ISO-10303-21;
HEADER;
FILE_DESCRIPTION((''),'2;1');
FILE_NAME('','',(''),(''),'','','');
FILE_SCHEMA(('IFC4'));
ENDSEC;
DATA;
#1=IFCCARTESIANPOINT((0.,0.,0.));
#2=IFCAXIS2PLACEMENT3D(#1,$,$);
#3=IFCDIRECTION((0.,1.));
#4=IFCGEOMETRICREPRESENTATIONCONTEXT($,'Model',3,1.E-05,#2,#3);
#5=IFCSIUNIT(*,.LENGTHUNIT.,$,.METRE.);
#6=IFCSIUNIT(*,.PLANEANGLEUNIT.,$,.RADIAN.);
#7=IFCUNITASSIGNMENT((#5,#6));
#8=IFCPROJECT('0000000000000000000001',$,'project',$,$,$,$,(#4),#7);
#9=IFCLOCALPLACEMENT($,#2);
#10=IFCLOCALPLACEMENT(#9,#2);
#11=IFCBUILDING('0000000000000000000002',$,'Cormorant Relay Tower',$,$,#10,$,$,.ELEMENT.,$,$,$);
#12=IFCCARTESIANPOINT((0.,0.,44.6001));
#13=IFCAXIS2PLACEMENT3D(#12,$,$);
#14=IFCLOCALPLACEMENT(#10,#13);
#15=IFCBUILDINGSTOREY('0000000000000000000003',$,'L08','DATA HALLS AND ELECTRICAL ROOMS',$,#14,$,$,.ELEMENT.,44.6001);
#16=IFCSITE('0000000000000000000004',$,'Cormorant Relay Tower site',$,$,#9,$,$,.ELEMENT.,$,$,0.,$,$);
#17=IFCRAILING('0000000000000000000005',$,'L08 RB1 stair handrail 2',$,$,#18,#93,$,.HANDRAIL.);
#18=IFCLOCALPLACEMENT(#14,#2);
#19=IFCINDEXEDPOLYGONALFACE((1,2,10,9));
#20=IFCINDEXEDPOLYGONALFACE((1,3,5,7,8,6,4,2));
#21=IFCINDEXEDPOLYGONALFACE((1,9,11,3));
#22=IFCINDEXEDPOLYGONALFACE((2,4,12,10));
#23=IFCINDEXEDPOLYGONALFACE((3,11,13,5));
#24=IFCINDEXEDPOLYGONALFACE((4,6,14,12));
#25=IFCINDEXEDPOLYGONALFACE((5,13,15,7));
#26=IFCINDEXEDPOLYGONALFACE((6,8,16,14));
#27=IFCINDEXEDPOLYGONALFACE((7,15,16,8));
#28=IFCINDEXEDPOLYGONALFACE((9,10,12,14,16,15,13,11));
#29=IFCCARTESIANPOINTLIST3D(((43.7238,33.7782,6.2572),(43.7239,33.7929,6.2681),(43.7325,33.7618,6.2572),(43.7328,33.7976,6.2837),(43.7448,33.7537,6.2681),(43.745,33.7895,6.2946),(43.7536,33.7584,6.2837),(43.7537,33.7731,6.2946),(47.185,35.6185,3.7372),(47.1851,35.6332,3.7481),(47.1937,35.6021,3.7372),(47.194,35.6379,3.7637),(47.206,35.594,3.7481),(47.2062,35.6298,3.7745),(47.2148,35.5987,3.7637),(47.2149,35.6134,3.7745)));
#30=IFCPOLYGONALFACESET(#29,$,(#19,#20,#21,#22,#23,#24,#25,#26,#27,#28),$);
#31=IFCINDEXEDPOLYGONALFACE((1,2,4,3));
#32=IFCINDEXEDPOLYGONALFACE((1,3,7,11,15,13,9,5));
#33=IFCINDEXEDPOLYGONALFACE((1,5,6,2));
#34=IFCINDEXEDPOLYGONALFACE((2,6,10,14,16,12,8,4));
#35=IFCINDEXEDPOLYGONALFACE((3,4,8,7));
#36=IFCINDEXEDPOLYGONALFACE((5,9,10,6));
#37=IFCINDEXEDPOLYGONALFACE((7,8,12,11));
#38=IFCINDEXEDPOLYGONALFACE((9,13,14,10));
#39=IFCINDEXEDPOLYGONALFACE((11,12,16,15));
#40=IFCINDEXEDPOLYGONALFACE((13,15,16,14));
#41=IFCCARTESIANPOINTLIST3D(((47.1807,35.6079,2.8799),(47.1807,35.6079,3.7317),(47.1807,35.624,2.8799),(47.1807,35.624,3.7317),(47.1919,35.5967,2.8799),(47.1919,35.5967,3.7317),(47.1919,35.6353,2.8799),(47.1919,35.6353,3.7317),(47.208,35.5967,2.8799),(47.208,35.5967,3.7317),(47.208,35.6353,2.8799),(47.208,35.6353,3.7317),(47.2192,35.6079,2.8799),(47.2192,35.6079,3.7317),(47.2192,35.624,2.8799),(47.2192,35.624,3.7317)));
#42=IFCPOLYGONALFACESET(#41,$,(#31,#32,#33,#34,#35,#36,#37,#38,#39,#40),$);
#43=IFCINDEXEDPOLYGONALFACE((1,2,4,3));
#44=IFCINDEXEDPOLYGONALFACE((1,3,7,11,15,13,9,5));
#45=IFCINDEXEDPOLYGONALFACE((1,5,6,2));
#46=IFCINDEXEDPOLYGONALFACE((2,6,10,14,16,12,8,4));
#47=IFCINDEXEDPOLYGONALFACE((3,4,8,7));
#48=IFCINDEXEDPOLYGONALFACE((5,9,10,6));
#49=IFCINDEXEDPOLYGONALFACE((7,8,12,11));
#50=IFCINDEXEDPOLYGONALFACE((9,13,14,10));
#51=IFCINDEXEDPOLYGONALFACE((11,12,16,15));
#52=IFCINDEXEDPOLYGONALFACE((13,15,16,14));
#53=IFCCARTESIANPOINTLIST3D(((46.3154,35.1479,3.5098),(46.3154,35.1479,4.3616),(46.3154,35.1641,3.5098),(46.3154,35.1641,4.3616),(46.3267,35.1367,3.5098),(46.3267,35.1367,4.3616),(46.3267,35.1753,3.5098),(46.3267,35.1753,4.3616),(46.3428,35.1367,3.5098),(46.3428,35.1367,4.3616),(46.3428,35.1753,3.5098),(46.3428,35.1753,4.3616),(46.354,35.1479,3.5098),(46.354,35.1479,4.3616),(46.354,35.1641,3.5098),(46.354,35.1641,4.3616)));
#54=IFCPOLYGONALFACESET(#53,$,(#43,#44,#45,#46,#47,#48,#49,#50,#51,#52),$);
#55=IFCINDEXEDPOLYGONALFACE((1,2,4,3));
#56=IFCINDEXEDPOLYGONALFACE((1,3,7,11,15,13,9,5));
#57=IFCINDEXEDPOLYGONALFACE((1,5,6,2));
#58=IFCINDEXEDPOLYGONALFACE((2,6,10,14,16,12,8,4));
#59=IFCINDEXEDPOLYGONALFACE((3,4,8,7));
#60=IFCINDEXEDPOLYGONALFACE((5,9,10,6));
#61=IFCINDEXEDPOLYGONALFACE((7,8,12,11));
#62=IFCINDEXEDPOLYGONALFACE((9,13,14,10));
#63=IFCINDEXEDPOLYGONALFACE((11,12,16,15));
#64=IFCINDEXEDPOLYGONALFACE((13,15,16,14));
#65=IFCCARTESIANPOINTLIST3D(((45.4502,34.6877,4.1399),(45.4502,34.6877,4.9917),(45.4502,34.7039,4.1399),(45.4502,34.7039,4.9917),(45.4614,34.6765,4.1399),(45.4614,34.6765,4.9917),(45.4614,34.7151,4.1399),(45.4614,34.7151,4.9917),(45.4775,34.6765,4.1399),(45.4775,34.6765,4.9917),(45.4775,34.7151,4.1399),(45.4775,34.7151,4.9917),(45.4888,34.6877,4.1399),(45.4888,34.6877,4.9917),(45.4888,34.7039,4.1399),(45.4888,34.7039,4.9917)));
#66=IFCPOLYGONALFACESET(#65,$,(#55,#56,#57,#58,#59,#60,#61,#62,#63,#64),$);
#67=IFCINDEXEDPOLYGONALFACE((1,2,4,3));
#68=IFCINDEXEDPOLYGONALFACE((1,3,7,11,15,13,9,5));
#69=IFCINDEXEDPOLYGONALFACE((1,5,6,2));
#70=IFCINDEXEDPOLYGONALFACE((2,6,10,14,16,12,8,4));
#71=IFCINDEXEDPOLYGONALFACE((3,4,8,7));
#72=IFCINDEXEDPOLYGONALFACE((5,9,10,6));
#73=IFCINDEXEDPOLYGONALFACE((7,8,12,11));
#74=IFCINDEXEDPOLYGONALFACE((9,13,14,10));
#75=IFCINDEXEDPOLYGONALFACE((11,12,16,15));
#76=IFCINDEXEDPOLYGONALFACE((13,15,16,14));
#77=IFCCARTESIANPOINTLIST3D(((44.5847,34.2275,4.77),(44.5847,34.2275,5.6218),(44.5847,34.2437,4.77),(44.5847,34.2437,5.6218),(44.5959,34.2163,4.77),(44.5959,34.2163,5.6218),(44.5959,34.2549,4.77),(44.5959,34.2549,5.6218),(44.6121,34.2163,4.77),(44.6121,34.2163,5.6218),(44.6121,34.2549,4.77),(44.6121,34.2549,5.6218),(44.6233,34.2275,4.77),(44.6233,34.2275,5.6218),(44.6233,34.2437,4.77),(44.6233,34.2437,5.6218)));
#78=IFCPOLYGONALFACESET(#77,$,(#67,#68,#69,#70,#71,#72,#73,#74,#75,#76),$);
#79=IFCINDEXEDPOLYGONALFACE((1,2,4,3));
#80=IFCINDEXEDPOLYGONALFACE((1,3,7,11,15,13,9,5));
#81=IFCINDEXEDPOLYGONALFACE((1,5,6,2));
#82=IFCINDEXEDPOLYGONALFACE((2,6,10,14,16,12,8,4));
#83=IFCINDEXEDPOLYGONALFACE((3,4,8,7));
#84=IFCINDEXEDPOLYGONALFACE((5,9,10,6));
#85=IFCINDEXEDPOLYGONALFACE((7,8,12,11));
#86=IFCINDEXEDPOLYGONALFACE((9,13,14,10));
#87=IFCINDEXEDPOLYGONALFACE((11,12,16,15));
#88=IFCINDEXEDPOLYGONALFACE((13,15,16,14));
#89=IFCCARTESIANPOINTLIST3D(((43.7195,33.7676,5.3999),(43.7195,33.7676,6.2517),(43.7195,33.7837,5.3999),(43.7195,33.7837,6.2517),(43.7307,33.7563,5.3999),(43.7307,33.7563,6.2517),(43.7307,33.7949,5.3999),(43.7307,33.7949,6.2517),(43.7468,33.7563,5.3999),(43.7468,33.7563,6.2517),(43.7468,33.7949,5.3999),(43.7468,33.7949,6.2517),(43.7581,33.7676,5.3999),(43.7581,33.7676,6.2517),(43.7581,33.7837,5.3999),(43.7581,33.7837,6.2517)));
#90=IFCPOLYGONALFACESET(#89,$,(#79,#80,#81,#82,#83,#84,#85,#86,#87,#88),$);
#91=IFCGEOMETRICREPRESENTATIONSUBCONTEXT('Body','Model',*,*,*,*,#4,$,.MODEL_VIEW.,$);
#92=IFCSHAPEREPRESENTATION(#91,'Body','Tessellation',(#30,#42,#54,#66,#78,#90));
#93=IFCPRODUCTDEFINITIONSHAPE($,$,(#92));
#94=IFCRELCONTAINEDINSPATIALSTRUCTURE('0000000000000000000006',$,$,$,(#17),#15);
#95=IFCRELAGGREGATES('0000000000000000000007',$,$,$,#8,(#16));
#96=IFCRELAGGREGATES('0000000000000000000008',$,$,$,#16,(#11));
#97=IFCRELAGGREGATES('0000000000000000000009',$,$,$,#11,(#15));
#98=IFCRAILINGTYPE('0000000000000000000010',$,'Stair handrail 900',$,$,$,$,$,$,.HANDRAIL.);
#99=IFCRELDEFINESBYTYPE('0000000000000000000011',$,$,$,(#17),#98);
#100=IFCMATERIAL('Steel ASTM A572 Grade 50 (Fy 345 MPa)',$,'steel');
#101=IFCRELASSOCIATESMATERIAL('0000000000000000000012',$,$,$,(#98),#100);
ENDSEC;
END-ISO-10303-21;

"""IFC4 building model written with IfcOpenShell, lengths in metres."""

from ifc_helpers import new_model, si_unit, direction, frame, origin, place, context, subcontext, project, spatial, polyline, outline, extrude, material, type_object, element, save


model = new_model("IFC4")

# Units and contexts
model_context = context("Model", 3, precision=1e-05, world=origin(), true_north=direction((0.0, 1.0)))
body_context = subcontext(model_context, "Body", "Model", "MODEL_VIEW")
ifc_project = project(units=[si_unit("LENGTHUNIT", "METRE"), si_unit("PLANEANGLEUNIT", "RADIAN")], contexts=[model_context])

# Site, building, storey
site_placement = place(None, origin())
site = spatial("IfcSite", under=ifc_project, at=site_placement, Name="Cormorant Relay Tower site", CompositionType="ELEMENT", RefElevation=0.0)
building_placement = place(site_placement, origin())
building = spatial("IfcBuilding", under=site, at=building_placement, Name="Cormorant Relay Tower", CompositionType="ELEMENT")
storey_placement = place(building_placement, frame((0.0, 0.0, 44.6001)))
storey = spatial("IfcBuildingStorey", under=building, at=storey_placement, Name="L08", Description="DATA HALLS AND ELECTRICAL ROOMS", CompositionType="ELEMENT", Elevation=44.6001)

# Railing
ifc_material_1 = material(Name="Steel ASTM A572 Grade 50 (Fy 345 MPa)", Category="steel")
railing_type_1 = type_object("IfcRailingType", Name="Stair handrail 900", PredefinedType="HANDRAIL", material=ifc_material_1)
railing_1_placement = place(storey_placement, frame((47.2, 35.616, 2.8799)))
element("IfcRailing", 1, at=railing_1_placement, inside=storey, type_object=railing_type_1, Name="L08 RB1 stair handrail 2", PredefinedType="HANDRAIL", context=body_context, shape_type="SweptSolid", body=[
    extrude(outline(polyline([(0.0222, 0.0093), (0.0093, 0.0222), (-0.0093, 0.0222), (-0.0222, 0.0093), (-0.0222, -0.0093), (-0.0093, -0.0222), (0.0093, -0.0222), (0.0222, -0.0093), (0.0222, 0.0093)])), frame((0.0, 0.0, 0.876), z_axis=(-0.742717, -0.394907, 0.540758), x_axis=(0.469469, -0.882949, 0.0)), (0.0, 0.0, 1.0), 4.6602),
    extrude(outline(polyline([(0.0193, 0.0081), (0.0081, 0.0193), (-0.0081, 0.0193), (-0.0193, 0.0081), (-0.0193, -0.0081), (-0.0081, -0.0193), (0.0081, -0.0193), (0.0193, -0.0081), (0.0193, 0.0081)])), origin(), (0.0, 0.0, 1.0), 0.8518),
    extrude(outline(polyline([(0.0193, 0.0081), (0.0081, 0.0193), (-0.0081, 0.0193), (-0.0193, 0.0081), (-0.0193, -0.0081), (-0.0081, -0.0193), (0.0081, -0.0193), (0.0193, -0.0081), (0.0193, 0.0081)])), frame((-0.8652, -0.46, 0.6299)), (0.0, 0.0, 1.0), 0.8518),
    extrude(outline(polyline([(0.0193, 0.0081), (0.0081, 0.0193), (-0.0081, 0.0193), (-0.0193, 0.0081), (-0.0193, -0.0081), (-0.0081, -0.0193), (0.0081, -0.0193), (0.0193, -0.0081), (0.0193, 0.0081)])), frame((-1.7305, -0.9202, 1.26)), (0.0, 0.0, 1.0), 0.8518),
    extrude(outline(polyline([(0.0193, 0.0081), (0.0081, 0.0193), (-0.0081, 0.0193), (-0.0193, 0.0081), (-0.0193, -0.0081), (-0.0081, -0.0193), (0.0081, -0.0193), (0.0193, -0.0081), (0.0193, 0.0081)])), frame((-2.5959, -1.3804, 1.8901)), (0.0, 0.0, 1.0), 0.8518),
    extrude(outline(polyline([(0.0193, 0.0081), (0.0081, 0.0193), (-0.0081, 0.0193), (-0.0193, 0.0081), (-0.0193, -0.0081), (-0.0081, -0.0193), (0.0081, -0.0193), (0.0193, -0.0081), (0.0193, 0.0081)])), frame((-3.4612, -1.8403, 2.52)), (0.0, 0.0, 1.0), 0.8518),
])

save(model, "model.ifc")
